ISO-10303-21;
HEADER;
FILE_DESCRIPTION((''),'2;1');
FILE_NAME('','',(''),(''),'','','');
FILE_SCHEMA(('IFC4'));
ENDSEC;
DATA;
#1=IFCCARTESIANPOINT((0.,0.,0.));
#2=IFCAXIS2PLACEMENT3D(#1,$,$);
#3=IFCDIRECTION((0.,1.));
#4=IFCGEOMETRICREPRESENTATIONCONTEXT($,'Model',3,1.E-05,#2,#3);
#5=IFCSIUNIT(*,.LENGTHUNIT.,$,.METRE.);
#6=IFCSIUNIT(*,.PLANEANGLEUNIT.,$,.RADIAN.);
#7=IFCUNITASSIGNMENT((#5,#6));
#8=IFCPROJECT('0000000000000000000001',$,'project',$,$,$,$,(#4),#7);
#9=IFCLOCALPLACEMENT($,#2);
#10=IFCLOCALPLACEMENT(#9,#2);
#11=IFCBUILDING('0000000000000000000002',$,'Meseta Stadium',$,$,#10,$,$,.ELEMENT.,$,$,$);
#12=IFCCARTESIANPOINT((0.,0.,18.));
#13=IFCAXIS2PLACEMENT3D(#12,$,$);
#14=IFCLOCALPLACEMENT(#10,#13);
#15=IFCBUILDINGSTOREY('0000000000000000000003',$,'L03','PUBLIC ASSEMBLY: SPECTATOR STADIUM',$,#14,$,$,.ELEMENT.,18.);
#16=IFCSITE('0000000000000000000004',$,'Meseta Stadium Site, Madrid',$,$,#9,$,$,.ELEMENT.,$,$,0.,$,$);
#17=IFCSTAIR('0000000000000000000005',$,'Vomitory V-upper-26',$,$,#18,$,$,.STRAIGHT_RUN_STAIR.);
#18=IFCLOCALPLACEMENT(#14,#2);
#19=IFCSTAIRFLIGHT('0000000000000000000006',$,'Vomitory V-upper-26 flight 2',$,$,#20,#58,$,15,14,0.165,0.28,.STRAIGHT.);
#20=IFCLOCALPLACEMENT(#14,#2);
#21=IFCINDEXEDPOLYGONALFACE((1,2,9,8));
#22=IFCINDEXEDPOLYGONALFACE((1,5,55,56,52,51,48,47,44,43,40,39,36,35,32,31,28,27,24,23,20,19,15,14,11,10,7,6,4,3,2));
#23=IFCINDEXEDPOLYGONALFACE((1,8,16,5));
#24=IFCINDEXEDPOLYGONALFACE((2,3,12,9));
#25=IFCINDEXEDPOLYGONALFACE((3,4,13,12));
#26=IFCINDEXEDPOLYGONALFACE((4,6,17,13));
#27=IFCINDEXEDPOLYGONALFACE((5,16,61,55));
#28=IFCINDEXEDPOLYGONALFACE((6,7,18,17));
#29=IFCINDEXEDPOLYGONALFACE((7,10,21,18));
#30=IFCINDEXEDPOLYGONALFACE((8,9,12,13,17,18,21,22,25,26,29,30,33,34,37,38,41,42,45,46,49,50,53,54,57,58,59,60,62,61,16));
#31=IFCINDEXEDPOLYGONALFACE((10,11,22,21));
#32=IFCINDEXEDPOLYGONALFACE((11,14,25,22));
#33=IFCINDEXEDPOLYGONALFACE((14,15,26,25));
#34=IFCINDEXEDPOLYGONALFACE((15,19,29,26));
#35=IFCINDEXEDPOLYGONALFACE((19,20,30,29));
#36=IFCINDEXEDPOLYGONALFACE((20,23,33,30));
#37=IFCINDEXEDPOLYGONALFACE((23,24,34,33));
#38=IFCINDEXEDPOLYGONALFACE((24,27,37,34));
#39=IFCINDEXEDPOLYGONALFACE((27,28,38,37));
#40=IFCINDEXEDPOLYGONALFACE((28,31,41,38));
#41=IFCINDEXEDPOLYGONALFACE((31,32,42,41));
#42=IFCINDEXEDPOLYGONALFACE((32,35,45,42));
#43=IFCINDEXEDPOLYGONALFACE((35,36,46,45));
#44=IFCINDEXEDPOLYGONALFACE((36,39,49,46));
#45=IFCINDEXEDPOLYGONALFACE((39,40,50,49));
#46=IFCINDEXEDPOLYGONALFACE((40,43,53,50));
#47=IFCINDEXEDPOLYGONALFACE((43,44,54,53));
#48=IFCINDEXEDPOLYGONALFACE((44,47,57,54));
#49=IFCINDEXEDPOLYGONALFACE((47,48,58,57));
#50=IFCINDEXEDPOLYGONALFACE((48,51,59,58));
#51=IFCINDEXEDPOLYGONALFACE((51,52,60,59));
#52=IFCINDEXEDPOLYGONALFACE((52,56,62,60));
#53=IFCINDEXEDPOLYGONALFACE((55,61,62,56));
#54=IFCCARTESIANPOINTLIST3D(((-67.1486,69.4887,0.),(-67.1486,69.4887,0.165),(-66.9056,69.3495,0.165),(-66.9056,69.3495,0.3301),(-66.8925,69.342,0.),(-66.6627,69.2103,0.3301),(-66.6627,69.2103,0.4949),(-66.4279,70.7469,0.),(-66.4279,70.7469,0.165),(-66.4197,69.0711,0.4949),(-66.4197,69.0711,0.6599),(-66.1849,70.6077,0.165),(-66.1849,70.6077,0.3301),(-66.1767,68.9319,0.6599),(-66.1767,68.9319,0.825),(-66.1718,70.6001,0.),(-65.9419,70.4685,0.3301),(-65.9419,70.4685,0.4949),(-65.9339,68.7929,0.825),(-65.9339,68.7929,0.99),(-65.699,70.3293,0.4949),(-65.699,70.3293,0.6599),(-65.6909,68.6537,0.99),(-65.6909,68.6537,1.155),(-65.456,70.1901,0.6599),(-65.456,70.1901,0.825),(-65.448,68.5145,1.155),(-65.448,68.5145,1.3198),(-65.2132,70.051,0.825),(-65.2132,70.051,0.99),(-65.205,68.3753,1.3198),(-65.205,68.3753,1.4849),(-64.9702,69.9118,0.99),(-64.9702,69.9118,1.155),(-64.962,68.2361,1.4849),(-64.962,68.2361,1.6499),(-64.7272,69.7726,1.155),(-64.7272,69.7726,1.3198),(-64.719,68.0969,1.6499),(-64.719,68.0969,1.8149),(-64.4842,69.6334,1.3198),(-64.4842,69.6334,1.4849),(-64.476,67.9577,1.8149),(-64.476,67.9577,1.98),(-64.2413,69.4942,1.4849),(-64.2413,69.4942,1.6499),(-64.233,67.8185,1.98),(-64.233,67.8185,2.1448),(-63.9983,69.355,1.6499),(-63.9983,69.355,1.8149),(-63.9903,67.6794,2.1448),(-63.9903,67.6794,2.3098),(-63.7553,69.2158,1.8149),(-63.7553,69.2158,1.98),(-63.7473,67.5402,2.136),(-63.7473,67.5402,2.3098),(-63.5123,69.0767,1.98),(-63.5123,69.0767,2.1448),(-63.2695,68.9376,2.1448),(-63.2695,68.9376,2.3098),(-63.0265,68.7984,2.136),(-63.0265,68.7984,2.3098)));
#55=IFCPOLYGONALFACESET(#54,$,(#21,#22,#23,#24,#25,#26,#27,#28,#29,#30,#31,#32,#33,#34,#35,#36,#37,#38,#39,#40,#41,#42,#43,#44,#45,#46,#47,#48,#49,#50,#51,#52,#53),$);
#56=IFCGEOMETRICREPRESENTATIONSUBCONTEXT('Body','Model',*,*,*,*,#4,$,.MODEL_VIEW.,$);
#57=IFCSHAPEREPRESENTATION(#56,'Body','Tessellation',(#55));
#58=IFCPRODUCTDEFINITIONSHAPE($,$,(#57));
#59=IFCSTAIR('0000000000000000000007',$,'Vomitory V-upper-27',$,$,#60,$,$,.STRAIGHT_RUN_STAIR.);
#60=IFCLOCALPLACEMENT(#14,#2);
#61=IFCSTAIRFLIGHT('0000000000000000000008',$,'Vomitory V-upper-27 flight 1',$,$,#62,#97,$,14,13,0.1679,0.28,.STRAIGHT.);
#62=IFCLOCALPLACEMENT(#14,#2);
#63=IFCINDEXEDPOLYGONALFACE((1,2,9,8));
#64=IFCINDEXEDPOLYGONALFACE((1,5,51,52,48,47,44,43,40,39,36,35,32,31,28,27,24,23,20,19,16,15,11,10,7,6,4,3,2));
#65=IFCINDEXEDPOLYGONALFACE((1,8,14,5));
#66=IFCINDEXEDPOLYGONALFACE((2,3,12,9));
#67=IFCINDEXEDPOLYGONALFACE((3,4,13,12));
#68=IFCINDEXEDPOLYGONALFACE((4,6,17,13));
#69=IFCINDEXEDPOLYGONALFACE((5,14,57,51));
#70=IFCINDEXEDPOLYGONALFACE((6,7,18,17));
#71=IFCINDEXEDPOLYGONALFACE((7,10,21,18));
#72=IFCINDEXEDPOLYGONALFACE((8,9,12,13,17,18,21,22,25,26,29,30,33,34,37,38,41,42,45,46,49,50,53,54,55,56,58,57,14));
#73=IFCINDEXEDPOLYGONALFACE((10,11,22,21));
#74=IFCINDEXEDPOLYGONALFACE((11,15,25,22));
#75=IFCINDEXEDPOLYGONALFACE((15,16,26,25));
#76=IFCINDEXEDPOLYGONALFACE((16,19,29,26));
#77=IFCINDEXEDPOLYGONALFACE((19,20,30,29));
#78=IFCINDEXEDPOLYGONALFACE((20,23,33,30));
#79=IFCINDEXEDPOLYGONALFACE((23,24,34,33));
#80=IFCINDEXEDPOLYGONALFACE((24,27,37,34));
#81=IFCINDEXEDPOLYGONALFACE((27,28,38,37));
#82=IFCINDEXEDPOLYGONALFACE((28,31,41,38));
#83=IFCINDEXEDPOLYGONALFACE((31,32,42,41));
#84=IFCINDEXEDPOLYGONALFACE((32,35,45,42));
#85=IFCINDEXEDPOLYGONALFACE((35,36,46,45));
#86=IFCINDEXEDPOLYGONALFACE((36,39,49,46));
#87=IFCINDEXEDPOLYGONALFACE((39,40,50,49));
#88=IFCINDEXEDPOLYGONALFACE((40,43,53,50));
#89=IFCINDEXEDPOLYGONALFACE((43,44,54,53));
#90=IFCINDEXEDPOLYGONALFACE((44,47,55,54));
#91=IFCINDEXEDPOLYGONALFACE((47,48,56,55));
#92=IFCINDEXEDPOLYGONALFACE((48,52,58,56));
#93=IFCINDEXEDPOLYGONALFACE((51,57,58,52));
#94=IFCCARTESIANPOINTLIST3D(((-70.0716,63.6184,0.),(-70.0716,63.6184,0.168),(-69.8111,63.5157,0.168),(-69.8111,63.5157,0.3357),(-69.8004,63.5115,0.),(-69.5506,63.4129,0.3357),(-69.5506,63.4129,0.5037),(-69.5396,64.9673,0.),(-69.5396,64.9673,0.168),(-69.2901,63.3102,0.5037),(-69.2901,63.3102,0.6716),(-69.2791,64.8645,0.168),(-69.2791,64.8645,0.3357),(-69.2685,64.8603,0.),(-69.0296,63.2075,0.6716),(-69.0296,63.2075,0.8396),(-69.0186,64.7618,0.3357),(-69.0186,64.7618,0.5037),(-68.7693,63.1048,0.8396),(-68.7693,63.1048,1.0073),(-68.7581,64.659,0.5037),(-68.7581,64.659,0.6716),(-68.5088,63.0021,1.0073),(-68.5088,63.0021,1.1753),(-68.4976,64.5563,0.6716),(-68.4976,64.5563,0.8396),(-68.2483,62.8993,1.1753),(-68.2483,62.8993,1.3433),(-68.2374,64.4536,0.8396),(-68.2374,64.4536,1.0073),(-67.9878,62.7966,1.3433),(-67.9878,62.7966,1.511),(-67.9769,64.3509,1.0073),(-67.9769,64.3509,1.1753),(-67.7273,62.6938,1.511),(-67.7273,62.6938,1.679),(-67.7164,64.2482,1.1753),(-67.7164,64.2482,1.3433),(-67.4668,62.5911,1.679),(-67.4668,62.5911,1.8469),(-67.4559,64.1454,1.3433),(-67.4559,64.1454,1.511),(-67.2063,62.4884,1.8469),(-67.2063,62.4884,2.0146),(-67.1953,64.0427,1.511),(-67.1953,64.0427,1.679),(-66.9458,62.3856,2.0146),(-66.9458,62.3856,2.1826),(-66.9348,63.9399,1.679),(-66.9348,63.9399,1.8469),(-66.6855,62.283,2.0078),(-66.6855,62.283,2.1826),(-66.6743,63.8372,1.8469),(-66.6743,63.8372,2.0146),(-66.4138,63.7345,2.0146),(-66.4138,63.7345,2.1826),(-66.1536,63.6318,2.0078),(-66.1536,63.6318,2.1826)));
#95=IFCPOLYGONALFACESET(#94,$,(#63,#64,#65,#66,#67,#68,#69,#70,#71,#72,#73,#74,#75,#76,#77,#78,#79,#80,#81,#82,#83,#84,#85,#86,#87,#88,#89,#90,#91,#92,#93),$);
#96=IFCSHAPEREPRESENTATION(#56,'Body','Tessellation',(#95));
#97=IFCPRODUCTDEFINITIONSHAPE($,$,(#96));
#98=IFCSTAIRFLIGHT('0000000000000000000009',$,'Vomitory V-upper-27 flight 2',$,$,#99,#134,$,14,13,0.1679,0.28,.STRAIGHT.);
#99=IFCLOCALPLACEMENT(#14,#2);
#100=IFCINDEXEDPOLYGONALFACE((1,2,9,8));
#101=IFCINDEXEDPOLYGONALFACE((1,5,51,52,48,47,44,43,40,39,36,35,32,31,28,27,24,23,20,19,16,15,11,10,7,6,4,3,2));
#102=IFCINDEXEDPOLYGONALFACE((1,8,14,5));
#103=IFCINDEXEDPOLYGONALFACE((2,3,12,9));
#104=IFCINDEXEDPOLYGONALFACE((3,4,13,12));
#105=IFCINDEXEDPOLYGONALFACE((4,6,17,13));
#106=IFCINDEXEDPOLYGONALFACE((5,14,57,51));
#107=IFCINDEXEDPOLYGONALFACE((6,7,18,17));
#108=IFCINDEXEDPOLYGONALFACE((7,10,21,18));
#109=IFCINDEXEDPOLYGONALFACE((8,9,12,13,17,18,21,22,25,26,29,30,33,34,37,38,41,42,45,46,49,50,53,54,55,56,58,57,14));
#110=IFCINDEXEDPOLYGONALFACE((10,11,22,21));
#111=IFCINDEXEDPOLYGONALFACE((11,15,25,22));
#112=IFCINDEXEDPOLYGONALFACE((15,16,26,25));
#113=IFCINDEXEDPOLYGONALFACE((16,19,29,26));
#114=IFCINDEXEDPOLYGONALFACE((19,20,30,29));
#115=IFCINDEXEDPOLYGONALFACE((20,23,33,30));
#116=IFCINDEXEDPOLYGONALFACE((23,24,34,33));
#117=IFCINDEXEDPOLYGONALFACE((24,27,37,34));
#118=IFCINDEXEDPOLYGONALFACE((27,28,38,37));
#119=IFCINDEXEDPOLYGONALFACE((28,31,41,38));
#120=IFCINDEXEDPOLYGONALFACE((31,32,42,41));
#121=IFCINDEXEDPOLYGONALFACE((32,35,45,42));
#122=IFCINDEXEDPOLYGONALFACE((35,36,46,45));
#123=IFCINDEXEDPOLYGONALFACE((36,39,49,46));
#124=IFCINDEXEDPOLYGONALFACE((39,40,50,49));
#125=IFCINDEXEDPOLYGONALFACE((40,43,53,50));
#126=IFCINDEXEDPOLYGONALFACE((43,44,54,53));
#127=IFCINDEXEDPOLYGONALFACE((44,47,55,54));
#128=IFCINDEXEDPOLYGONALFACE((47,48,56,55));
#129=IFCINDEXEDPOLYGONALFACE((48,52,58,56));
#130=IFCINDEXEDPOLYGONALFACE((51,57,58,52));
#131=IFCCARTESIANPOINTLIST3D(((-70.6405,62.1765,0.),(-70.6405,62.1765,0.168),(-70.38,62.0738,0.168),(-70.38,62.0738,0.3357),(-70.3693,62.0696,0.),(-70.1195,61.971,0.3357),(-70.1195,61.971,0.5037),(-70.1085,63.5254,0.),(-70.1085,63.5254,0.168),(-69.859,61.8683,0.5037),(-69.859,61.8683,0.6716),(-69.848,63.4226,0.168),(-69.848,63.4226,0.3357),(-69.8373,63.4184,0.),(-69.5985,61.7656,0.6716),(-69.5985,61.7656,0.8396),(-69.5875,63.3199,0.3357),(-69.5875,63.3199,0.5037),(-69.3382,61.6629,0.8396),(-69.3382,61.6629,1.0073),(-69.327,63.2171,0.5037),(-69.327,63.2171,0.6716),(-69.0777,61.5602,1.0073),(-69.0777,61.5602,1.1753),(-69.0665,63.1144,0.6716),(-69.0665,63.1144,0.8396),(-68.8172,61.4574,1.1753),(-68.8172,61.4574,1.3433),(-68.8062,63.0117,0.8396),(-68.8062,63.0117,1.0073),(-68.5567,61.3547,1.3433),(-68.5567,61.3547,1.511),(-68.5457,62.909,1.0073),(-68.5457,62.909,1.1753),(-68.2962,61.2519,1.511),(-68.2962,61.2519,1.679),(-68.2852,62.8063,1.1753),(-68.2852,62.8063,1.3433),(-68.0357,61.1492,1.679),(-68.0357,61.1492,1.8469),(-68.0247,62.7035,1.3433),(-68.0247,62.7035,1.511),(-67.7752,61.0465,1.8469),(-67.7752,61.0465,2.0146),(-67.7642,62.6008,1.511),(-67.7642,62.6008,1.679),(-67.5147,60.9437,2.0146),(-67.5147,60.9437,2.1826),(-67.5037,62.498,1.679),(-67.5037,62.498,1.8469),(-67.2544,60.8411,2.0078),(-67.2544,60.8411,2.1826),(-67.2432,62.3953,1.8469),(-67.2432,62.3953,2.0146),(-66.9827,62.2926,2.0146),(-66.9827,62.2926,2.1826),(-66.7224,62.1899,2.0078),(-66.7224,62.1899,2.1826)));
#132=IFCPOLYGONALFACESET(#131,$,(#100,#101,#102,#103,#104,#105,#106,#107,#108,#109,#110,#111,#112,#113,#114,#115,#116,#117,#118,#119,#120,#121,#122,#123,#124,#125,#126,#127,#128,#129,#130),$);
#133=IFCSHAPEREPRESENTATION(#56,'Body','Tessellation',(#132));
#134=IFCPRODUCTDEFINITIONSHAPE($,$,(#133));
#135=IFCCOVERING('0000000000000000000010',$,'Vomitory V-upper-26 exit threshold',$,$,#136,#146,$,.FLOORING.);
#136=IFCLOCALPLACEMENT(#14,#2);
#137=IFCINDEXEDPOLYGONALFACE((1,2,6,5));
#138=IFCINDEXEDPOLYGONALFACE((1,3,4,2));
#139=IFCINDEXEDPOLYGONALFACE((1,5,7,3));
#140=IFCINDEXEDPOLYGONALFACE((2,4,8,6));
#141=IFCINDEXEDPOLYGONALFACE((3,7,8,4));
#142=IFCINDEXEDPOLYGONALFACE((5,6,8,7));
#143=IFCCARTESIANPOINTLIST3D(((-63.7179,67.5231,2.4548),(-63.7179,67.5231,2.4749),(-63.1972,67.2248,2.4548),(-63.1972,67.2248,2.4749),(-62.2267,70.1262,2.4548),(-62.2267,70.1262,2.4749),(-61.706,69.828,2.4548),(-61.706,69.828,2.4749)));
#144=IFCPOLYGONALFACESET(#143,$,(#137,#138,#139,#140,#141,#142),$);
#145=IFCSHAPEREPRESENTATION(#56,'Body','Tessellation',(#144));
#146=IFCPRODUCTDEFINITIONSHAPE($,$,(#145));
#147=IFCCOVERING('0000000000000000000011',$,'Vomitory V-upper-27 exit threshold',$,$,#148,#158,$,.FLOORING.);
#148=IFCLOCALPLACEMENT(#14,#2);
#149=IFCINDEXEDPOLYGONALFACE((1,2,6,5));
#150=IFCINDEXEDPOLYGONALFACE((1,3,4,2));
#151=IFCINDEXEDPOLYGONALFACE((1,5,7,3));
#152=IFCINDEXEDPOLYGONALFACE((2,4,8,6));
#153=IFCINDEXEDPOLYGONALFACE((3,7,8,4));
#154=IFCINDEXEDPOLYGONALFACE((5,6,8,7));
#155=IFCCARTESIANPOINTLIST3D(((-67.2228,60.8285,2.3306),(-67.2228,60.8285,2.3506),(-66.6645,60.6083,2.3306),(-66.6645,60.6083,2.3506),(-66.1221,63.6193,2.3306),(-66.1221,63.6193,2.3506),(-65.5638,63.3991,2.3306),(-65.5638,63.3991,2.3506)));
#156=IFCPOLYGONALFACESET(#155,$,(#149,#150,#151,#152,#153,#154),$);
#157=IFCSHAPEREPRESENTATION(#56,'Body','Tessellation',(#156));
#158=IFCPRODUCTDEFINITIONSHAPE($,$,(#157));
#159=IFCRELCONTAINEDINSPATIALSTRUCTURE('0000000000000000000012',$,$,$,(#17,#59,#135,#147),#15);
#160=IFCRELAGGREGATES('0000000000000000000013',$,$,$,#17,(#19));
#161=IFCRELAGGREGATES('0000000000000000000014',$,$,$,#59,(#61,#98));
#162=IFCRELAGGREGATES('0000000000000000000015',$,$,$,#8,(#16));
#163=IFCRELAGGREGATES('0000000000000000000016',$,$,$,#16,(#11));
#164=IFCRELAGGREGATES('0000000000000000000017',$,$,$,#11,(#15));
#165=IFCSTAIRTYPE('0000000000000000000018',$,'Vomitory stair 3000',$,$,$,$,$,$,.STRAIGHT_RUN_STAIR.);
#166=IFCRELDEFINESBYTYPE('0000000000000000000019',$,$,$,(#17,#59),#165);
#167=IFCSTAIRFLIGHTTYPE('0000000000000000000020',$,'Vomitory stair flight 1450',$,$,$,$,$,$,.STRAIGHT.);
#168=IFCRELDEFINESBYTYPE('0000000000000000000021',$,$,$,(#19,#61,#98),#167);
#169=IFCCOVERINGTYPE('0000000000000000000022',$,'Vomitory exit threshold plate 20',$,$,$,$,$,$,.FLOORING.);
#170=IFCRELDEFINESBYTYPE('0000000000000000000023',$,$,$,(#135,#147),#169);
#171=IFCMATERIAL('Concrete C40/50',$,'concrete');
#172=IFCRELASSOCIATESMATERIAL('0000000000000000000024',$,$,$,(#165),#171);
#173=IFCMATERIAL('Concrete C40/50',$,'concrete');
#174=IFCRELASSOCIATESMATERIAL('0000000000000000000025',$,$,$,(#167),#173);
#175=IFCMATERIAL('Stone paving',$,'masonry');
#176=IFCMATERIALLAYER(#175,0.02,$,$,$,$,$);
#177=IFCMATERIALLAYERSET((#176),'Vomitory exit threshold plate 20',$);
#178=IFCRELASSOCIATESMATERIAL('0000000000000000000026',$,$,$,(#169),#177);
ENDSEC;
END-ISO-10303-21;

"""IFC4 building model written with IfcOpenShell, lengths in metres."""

from ifc_helpers import new_model, si_unit, direction, frame, origin, origin_2d, place, context, subcontext, project, spatial, polyline, rectangle, outline, extrude, material, layer, layer_set, type_object, element, aggregate, save


model = new_model("IFC4")

# Units and contexts
model_context = context("Model", 3, precision=1e-05, world=origin(), true_north=direction((0.0, 1.0)))
body_context = subcontext(model_context, "Body", "Model", "MODEL_VIEW")
ifc_project = project(units=[si_unit("LENGTHUNIT", "METRE"), si_unit("PLANEANGLEUNIT", "RADIAN")], contexts=[model_context])

# Site, building, storey
site_placement = place(None, origin())
site = spatial("IfcSite", under=ifc_project, at=site_placement, Name="Meseta Stadium Site, Madrid", CompositionType="ELEMENT", RefElevation=0.0)
building_placement = place(site_placement, origin())
building = spatial("IfcBuilding", under=site, at=building_placement, Name="Meseta Stadium", CompositionType="ELEMENT")
storey_placement = place(building_placement, frame((0.0, 0.0, 18.0)))
storey = spatial("IfcBuildingStorey", under=building, at=storey_placement, Name="L03", Description="PUBLIC ASSEMBLY: SPECTATOR STADIUM", CompositionType="ELEMENT", Elevation=18.0)

# Stair, stair flight
ifc_material_1 = material(Name="Concrete C40/50", Category="concrete")
stair_type = type_object("IfcStairType", Name="Vomitory stair 3000", PredefinedType="STRAIGHT_RUN_STAIR", material=ifc_material_1)
stair_1_placement = place(storey_placement, origin())
stair_1 = element("IfcStair", 1, at=stair_1_placement, inside=storey, type_object=stair_type, Name="Vomitory V-upper-26", PredefinedType="STRAIGHT_RUN_STAIR")
ifc_material_2 = material(Name="Concrete C40/50", Category="concrete")
stair_flight_type = type_object("IfcStairFlightType", Name="Vomitory stair flight 1450", PredefinedType="STRAIGHT", material=ifc_material_2)
stair_flight_1_placement = place(storey_placement, frame((-66.7883, 70.1177, 0.0), z_axis=(0.0, 0.0, 1.0), x_axis=(0.867712, -0.497068, 0.0)))
stair_flight_1 = element("IfcStairFlight", 2, at=stair_flight_1_placement, type_object=stair_flight_type, Name="Vomitory V-upper-26 flight 2", NumberOfRisers=15, NumberOfTreads=14, PredefinedType="STRAIGHT", RiserHeight=0.165, TreadLength=0.28, context=body_context, shape_type="SweptSolid", body=[
    extrude(outline(polyline([(0.0, 0.0), (0.0, 0.165), (0.28, 0.165), (0.28, 0.3301), (0.5601, 0.3301), (0.5601, 0.4949), (0.8401, 0.4949), (0.8401, 0.6599), (1.1201, 0.6599), (1.1201, 0.825), (1.3999, 0.825), (1.3999, 0.99), (1.6799, 0.99), (1.6799, 1.155), (1.96, 1.155), (1.96, 1.3198), (2.24, 1.3198), (2.24, 1.4849), (2.52, 1.4849), (2.52, 1.6499), (2.8, 1.6499), (2.8, 1.8149), (3.0801, 1.8149), (3.0801, 1.98), (3.3601, 1.98), (3.3601, 2.1448), (3.6399, 2.1448), (3.6399, 2.3098), (3.9199, 2.3098), (3.9199, 2.136), (0.2952, 0.0), (0.0, 0.0)])), frame((0.0, 0.7251, 0.0), z_axis=(0.0, -1.0, 0.0), x_axis=(1.0, 0.0, 0.0)), (0.0, 0.0, 1.0), 1.45),
])
aggregate(stair_1, [stair_flight_1])

# Stair, stair flights
stair_2_placement = place(storey_placement, origin())
stair_2 = element("IfcStair", 3, at=stair_2_placement, inside=storey, type_object=stair_type, Name="Vomitory V-upper-27", PredefinedType="STRAIGHT_RUN_STAIR")
stair_flight_2_placement = place(storey_placement, frame((-69.8057, 64.2927, 0.0), z_axis=(0.0, 0.0, 1.0), x_axis=(0.930263, -0.366893, 0.0)))
stair_flight_2 = element("IfcStairFlight", 4, at=stair_flight_2_placement, type_object=stair_flight_type, Name="Vomitory V-upper-27 flight 1", NumberOfRisers=14, NumberOfTreads=13, PredefinedType="STRAIGHT", RiserHeight=0.1679, TreadLength=0.28, context=body_context, shape_type="SweptSolid", body=[
    extrude(outline(polyline([(0.0, 0.0), (0.0, 0.168), (0.28, 0.168), (0.28, 0.3357), (0.5601, 0.3357), (0.5601, 0.5037), (0.8401, 0.5037), (0.8401, 0.6716), (1.1201, 0.6716), (1.1201, 0.8396), (1.3999, 0.8396), (1.3999, 1.0073), (1.6799, 1.0073), (1.6799, 1.1753), (1.96, 1.1753), (1.96, 1.3433), (2.24, 1.3433), (2.24, 1.511), (2.52, 1.511), (2.52, 1.679), (2.8, 1.679), (2.8, 1.8469), (3.0801, 1.8469), (3.0801, 2.0146), (3.3601, 2.0146), (3.3601, 2.1826), (3.6399, 2.1826), (3.6399, 2.0078), (0.2915, 0.0), (0.0, 0.0)])), frame((0.0, 0.7251, 0.0), z_axis=(0.0, -1.0, 0.0), x_axis=(1.0, 0.0, 0.0)), (0.0, 0.0, 1.0), 1.45),
])
stair_flight_3_placement = place(storey_placement, frame((-70.3745, 62.8508, 0.0), z_axis=(0.0, 0.0, 1.0), x_axis=(0.930263, -0.366893, 0.0)))
stair_flight_3 = element("IfcStairFlight", 5, at=stair_flight_3_placement, type_object=stair_flight_type, Name="Vomitory V-upper-27 flight 2", NumberOfRisers=14, NumberOfTreads=13, PredefinedType="STRAIGHT", RiserHeight=0.1679, TreadLength=0.28, context=body_context, shape_type="SweptSolid", body=[
    extrude(outline(polyline([(0.0, 0.0), (0.0, 0.168), (0.28, 0.168), (0.28, 0.3357), (0.5601, 0.3357), (0.5601, 0.5037), (0.8401, 0.5037), (0.8401, 0.6716), (1.1201, 0.6716), (1.1201, 0.8396), (1.3999, 0.8396), (1.3999, 1.0073), (1.6799, 1.0073), (1.6799, 1.1753), (1.96, 1.1753), (1.96, 1.3433), (2.24, 1.3433), (2.24, 1.511), (2.52, 1.511), (2.52, 1.679), (2.8, 1.679), (2.8, 1.8469), (3.0801, 1.8469), (3.0801, 2.0146), (3.3601, 2.0146), (3.3601, 2.1826), (3.6399, 2.1826), (3.6399, 2.0078), (0.2915, 0.0), (0.0, 0.0)])), frame((0.0, 0.7251, 0.0), z_axis=(0.0, -1.0, 0.0), x_axis=(1.0, 0.0, 0.0)), (0.0, 0.0, 1.0), 1.45),
])
aggregate(stair_2, [stair_flight_2, stair_flight_3])

# Coverings
ifc_material_3 = material(Name="Stone paving", Category="masonry")
ifc_layer_1 = layer(ifc_material_3, 0.02)
ifc_layer_set_1 = layer_set([ifc_layer_1], Name="Vomitory exit threshold plate 20")
covering_type = type_object("IfcCoveringType", Name="Vomitory exit threshold plate 20", PredefinedType="FLOORING", material=ifc_layer_set_1)
for number, where, z_axis, x_axis, name in (
    (6, (-62.7119, 68.6755, 2.4548), (0.0, 0.0, 1.0), (0.867712, -0.497068, 0.0), "Vomitory V-upper-26 exit threshold"),
    (7, (-66.3933, 62.1138, 2.3306), (0.0, 0.0, 1.0), (0.930263, -0.366893, 0.0), "Vomitory V-upper-27 exit threshold"),
):
    element("IfcCovering", number, at=place(storey_placement, frame(where, z_axis=z_axis, x_axis=x_axis)), inside=storey, type_object=covering_type, Name=name, PredefinedType="FLOORING", context=body_context, shape_type="SweptSolid", body=[
        extrude(rectangle(XDim=0.6001, YDim=3.0, at=origin_2d()), origin(), (0.0, 0.0, 1.0), 0.02),
    ])

save(model, "model.ifc")
